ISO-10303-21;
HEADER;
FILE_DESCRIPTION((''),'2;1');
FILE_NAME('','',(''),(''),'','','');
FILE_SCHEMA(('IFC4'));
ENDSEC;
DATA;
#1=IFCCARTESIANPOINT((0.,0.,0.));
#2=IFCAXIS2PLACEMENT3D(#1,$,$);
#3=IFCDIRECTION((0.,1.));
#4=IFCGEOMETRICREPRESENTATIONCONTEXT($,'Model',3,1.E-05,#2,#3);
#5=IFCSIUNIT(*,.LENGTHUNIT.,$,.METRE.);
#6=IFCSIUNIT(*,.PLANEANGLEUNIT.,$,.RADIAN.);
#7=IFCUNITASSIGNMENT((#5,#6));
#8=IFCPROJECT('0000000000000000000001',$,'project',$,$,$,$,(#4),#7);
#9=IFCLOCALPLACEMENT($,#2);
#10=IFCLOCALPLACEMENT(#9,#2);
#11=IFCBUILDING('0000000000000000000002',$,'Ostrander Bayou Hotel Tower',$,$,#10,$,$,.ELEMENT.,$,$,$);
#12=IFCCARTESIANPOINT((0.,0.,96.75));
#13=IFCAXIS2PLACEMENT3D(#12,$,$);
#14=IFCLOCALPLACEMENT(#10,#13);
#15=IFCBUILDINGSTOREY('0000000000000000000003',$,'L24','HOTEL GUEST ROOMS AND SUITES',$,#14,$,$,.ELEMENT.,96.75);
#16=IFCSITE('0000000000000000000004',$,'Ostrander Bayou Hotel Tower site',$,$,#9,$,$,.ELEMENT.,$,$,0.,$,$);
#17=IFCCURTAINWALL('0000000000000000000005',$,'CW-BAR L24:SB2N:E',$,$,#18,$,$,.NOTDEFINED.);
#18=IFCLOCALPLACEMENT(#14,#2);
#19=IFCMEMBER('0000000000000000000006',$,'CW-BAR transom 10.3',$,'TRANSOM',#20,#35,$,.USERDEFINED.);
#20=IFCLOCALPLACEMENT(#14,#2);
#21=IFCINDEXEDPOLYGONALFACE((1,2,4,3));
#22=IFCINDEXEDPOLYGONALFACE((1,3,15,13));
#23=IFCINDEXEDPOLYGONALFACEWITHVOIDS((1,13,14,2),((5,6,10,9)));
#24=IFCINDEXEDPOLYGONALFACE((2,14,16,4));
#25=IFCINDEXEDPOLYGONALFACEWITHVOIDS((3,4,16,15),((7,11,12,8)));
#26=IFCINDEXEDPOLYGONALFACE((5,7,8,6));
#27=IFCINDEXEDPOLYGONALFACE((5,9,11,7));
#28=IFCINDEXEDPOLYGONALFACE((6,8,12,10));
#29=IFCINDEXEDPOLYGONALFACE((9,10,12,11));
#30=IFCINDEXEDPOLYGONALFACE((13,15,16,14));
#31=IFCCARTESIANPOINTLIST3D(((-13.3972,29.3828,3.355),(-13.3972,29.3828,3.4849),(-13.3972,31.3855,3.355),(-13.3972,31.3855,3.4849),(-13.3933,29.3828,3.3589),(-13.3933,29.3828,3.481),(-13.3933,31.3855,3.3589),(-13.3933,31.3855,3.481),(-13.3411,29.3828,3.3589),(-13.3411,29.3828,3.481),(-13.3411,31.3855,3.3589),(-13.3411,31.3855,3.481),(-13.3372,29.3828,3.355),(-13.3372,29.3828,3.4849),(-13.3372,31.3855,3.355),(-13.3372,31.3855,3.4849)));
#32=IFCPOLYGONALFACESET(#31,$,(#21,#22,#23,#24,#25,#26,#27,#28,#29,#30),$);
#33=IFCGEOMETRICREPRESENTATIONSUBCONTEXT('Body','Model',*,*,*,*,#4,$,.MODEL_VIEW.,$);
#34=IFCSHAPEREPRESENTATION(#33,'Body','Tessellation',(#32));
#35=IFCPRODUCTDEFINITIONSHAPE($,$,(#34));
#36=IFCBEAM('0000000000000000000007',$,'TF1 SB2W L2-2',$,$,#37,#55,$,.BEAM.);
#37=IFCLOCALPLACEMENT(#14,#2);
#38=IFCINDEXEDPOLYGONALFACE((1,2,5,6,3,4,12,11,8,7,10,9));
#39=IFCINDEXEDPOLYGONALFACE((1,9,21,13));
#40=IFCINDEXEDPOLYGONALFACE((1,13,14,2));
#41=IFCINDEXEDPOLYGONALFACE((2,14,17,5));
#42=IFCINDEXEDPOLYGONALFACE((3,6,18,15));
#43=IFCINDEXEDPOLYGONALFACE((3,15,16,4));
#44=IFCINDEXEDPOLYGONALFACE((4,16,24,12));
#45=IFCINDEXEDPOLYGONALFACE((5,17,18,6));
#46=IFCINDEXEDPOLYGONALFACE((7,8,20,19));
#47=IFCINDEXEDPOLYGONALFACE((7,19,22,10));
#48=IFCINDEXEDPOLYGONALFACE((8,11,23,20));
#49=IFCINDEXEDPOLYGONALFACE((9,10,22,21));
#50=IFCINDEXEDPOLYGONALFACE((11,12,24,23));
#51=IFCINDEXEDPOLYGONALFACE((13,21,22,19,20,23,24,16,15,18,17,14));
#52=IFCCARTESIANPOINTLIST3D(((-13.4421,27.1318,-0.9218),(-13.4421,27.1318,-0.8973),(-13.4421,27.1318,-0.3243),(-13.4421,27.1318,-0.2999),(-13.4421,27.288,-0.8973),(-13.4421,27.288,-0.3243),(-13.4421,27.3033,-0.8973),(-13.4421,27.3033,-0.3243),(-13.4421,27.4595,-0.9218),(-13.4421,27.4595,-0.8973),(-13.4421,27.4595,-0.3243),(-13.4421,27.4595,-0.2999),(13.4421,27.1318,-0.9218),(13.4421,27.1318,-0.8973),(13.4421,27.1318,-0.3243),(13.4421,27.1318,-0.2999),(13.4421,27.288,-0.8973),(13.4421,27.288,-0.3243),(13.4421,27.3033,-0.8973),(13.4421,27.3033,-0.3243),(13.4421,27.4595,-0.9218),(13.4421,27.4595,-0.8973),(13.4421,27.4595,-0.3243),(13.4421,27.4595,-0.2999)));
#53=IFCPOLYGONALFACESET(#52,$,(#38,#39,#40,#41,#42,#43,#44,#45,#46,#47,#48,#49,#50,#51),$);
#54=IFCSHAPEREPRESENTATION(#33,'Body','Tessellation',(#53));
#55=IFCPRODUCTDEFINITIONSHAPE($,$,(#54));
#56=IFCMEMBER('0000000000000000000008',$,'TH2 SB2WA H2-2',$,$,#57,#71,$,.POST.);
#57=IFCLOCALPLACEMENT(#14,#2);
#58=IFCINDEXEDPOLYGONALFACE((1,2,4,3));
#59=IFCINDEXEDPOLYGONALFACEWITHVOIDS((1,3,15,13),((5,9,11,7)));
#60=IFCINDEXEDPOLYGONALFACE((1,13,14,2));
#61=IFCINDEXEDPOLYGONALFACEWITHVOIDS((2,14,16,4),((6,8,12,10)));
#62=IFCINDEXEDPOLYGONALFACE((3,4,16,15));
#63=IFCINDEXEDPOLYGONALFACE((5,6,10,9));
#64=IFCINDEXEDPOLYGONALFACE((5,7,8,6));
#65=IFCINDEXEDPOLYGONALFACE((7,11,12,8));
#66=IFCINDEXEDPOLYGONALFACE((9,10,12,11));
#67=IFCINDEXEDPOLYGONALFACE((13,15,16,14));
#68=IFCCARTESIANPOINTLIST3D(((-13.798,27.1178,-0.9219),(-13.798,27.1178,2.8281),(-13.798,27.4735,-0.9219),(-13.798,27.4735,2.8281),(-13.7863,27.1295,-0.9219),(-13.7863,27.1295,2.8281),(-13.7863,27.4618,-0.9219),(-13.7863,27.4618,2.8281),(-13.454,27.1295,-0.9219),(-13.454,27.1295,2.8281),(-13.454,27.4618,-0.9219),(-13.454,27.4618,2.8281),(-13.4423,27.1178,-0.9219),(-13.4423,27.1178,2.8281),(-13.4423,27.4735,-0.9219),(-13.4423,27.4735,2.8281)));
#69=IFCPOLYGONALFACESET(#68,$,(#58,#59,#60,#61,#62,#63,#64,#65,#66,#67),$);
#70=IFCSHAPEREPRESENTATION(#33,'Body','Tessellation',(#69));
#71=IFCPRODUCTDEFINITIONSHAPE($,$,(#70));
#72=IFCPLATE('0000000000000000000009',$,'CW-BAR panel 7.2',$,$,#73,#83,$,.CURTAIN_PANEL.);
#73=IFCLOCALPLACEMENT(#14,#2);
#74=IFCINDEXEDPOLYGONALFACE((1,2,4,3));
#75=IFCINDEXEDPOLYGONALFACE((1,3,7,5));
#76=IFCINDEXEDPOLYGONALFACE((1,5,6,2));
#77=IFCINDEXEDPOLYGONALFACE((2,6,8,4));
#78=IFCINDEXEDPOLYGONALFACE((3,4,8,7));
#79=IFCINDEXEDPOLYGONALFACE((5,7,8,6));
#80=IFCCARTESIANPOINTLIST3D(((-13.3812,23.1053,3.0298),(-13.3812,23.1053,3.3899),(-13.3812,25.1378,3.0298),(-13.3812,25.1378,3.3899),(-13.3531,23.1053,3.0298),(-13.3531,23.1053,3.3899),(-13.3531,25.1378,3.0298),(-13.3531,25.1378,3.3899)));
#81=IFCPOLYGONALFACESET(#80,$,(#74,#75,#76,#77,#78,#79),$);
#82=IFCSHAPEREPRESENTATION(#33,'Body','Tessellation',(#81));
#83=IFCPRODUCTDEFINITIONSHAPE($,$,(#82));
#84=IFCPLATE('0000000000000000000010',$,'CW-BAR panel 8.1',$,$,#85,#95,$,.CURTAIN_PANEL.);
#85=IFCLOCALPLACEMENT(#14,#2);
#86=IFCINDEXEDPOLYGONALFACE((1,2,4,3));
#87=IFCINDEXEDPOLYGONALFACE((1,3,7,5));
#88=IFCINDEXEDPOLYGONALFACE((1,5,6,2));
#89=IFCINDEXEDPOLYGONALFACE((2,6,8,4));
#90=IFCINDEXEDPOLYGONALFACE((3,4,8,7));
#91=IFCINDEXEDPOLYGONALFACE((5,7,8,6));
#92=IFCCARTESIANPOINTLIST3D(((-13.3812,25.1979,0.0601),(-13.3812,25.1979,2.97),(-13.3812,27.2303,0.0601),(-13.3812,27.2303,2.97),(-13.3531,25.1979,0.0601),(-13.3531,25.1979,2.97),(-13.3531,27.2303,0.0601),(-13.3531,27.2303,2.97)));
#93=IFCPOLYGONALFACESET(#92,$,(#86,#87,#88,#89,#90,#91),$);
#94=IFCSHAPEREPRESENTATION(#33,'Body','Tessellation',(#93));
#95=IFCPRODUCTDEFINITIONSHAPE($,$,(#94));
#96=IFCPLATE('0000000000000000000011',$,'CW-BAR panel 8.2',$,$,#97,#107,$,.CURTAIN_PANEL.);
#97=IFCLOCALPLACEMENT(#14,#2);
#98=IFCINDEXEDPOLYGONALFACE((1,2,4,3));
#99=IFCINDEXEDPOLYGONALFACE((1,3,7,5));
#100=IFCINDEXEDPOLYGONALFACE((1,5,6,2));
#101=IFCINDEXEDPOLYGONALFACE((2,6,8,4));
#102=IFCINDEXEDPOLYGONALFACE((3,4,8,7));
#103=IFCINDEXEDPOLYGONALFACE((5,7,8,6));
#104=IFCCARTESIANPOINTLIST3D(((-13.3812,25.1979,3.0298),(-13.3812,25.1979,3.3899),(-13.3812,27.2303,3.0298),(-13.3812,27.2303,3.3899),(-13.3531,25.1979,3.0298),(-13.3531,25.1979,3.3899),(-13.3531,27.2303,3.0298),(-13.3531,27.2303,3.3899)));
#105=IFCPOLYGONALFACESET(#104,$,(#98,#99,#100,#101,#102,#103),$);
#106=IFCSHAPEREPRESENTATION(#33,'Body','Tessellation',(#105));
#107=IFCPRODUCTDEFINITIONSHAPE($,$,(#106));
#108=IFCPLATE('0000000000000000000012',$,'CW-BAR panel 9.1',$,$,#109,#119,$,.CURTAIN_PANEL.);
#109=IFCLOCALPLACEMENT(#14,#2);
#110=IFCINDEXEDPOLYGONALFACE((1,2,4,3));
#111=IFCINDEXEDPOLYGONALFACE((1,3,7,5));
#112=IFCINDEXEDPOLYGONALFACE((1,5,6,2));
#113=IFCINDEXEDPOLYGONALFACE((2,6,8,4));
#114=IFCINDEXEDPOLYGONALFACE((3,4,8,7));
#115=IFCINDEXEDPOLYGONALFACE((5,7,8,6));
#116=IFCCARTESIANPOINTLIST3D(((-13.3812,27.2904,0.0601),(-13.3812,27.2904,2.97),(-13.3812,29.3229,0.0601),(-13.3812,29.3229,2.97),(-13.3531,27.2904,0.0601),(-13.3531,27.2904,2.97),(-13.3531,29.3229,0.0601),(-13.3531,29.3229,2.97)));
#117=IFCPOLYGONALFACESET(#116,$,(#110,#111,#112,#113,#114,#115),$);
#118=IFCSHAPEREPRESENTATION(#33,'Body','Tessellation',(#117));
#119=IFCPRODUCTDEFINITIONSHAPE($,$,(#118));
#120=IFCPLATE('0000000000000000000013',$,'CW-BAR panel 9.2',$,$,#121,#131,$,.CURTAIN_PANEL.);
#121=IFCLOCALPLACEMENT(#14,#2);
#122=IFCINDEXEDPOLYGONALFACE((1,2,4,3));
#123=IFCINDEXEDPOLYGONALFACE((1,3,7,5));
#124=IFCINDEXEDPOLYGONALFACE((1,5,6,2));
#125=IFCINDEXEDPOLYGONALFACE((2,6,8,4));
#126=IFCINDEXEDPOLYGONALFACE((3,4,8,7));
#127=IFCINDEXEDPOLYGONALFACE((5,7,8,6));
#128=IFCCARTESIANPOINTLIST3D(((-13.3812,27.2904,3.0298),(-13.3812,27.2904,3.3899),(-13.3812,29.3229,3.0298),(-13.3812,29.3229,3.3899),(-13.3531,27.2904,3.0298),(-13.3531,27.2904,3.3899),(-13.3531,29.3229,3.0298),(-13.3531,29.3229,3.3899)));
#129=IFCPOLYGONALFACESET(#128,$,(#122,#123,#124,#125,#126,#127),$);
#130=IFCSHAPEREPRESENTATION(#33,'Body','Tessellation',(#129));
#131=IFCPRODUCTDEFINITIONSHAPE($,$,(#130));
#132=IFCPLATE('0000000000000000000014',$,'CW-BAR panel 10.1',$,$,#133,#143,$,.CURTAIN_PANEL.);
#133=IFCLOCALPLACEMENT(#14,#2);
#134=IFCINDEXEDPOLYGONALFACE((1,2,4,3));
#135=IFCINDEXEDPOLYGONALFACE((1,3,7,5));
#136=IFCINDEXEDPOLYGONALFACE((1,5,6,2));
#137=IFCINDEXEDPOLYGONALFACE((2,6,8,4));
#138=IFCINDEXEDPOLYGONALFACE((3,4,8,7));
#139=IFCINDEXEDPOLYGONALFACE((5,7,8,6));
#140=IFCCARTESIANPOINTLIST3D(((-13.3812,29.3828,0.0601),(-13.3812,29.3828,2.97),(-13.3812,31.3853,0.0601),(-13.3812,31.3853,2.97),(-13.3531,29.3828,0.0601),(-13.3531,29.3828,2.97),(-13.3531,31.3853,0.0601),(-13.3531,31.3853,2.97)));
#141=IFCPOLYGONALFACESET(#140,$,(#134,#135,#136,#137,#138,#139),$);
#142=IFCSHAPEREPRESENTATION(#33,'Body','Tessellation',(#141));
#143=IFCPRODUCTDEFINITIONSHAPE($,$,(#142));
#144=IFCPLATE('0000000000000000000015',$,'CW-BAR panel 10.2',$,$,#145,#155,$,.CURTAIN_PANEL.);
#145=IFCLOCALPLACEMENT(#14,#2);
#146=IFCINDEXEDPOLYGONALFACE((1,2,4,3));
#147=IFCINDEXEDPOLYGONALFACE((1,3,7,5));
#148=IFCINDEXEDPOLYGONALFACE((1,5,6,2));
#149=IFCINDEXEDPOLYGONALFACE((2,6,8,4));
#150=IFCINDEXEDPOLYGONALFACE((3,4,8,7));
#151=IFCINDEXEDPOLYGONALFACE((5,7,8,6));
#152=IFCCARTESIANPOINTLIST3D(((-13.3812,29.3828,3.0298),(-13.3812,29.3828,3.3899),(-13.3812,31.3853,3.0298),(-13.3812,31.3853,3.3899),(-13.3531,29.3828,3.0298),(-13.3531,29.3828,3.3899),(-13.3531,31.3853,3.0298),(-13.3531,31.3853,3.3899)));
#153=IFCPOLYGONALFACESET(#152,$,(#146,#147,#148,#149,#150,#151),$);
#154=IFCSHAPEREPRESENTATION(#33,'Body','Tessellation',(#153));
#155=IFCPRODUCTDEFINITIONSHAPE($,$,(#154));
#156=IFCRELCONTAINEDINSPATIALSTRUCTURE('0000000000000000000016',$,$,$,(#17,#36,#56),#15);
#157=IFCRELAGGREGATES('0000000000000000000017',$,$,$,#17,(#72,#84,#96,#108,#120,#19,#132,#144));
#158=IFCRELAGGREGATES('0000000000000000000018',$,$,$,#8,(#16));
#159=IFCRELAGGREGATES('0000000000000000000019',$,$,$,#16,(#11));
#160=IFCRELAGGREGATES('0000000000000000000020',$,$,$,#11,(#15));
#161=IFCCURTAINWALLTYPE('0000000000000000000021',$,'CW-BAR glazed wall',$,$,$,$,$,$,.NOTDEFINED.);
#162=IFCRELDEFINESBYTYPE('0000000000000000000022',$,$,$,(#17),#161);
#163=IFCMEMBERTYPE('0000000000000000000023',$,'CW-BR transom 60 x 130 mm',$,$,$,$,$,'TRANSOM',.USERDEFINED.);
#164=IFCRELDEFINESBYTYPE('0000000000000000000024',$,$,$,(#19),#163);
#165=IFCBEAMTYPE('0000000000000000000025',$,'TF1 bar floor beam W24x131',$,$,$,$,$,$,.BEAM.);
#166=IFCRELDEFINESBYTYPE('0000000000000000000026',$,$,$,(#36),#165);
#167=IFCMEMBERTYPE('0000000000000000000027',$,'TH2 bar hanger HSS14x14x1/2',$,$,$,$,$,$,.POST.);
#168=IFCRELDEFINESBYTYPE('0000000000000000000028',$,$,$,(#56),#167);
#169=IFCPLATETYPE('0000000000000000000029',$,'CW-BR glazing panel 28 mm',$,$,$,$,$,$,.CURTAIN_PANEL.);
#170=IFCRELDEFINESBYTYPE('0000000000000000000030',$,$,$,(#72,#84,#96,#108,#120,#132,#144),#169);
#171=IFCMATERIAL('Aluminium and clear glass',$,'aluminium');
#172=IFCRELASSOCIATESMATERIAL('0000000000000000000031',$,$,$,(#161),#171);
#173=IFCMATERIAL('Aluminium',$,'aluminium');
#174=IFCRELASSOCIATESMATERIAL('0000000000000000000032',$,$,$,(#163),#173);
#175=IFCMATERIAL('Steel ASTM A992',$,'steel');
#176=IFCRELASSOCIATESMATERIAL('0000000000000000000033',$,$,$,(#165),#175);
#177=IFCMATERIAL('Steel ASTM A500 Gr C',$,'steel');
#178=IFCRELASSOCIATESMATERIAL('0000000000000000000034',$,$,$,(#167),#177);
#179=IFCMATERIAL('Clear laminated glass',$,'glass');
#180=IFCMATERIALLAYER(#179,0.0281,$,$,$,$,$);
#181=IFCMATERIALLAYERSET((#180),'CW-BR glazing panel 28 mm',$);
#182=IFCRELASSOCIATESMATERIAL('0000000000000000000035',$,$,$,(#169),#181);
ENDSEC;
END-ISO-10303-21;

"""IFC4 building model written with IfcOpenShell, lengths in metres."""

from ifc_helpers import new_model, si_unit, direction, frame, origin, origin_2d, place, context, subcontext, project, spatial, rectangle, hollow_rectangle, i_section, extrude, material, layer, layer_set, material_profile, profile_set, type_object, element, aggregate, save


model = new_model("IFC4")

# Units and contexts
model_context = context("Model", 3, precision=1e-05, world=origin(), true_north=direction((0.0, 1.0)))
body_context = subcontext(model_context, "Body", "Model", "MODEL_VIEW")
ifc_project = project(units=[si_unit("LENGTHUNIT", "METRE"), si_unit("PLANEANGLEUNIT", "RADIAN")], contexts=[model_context])

# Site, building, storey
site_placement = place(None, origin())
site = spatial("IfcSite", under=ifc_project, at=site_placement, Name="Ostrander Bayou Hotel Tower site", CompositionType="ELEMENT", RefElevation=0.0)
building_placement = place(site_placement, origin())
building = spatial("IfcBuilding", under=site, at=building_placement, Name="Ostrander Bayou Hotel Tower", CompositionType="ELEMENT")
storey_placement = place(building_placement, frame((0.0, 0.0, 96.75)))
storey = spatial("IfcBuildingStorey", under=building, at=storey_placement, Name="L24", Description="HOTEL GUEST ROOMS AND SUITES", CompositionType="ELEMENT", Elevation=96.75)

# Curtain wall, member
ifc_material_1 = material(Name="Aluminium and clear glass", Category="aluminium")
curtain_wall_type = type_object("IfcCurtainWallType", Name="CW-BAR glazed wall", PredefinedType="NOTDEFINED", material=ifc_material_1)
curtain_wall_placement = place(storey_placement, origin())
curtain_wall = element("IfcCurtainWall", 1, at=curtain_wall_placement, inside=storey, type_object=curtain_wall_type, Name="CW-BAR L24:SB2N:E", PredefinedType="NOTDEFINED")
ifc_material_2 = material(Name="Aluminium", Category="aluminium")
ifc_material_profile_1 = material_profile(ifc_material_2, hollow_rectangle(XDim=0.0601, YDim=0.1299, WallThickness=0.0039, at=origin_2d()))
ifc_profile_set_1 = profile_set([ifc_material_profile_1], Name="Aluminium")
member_type_1 = type_object("IfcMemberType", Name="CW-BR transom 60 x 130 mm", ElementType="TRANSOM", PredefinedType="USERDEFINED", material=ifc_profile_set_1)
member_1_placement = place(storey_placement, frame((-13.3672, 29.3828, 3.4199), z_axis=(0.0, 1.0, 0.0), x_axis=(-1.0, 0.0, 0.0)))
member_1 = element("IfcMember", 2, at=member_1_placement, type_object=member_type_1, Name="CW-BAR transom 10.3", ObjectType="TRANSOM", PredefinedType="USERDEFINED", context=body_context, shape_type="SweptSolid", body=[
    extrude(hollow_rectangle(XDim=0.0601, YDim=0.1299, WallThickness=0.0039, at=origin_2d()), origin(), (0.0, 0.0, 1.0), 2.0027),
])

# Beam
ifc_material_3 = material(Name="Steel ASTM A992", Category="steel")
ifc_material_profile_2 = material_profile(ifc_material_3, i_section(OverallWidth=0.3276, OverallDepth=0.6218, WebThickness=0.0154, FlangeThickness=0.0244, at=origin_2d()))
ifc_profile_set_2 = profile_set([ifc_material_profile_2], Name="Steel ASTM A992")
beam_type = type_object("IfcBeamType", Name="TF1 bar floor beam W24x131", PredefinedType="BEAM", material=ifc_profile_set_2)
beam_placement = place(storey_placement, frame((-13.4421, 27.2957, -0.6108), z_axis=(1.0, 0.0, 0.0), x_axis=(0.0, 1.0, 0.0)))
element("IfcBeam", 3, at=beam_placement, inside=storey, type_object=beam_type, Name="TF1 SB2W L2-2", PredefinedType="BEAM", context=body_context, shape_type="SweptSolid", body=[
    extrude(i_section(OverallWidth=0.3276, OverallDepth=0.6218, WebThickness=0.0154, FlangeThickness=0.0244, at=origin_2d()), origin(), (0.0, 0.0, 1.0), 26.8843),
])

# Member
ifc_material_4 = material(Name="Steel ASTM A500 Gr C", Category="steel")
ifc_material_profile_3 = material_profile(ifc_material_4, hollow_rectangle(XDim=0.3557, YDim=0.3557, WallThickness=0.0117, at=origin_2d()))
ifc_profile_set_3 = profile_set([ifc_material_profile_3], Name="Steel ASTM A500 Gr C")
member_type_2 = type_object("IfcMemberType", Name="TH2 bar hanger HSS14x14x1/2", PredefinedType="POST", material=ifc_profile_set_3)
member_2_placement = place(storey_placement, frame((-13.6201, 27.2957, -0.9219), z_axis=(0.0, 0.0, 1.0), x_axis=(1.0, 0.0, 0.0)))
element("IfcMember", 4, at=member_2_placement, inside=storey, type_object=member_type_2, Name="TH2 SB2WA H2-2", PredefinedType="POST", context=body_context, shape_type="SweptSolid", body=[
    extrude(hollow_rectangle(XDim=0.3557, YDim=0.3557, WallThickness=0.0117, at=origin_2d()), origin(), (0.0, 0.0, 1.0), 3.75),
])

# Plates
ifc_material_5 = material(Name="Clear laminated glass", Category="glass")
ifc_layer = layer(ifc_material_5, 0.0281)
ifc_layer_set = layer_set([ifc_layer], Name="CW-BR glazing panel 28 mm")
plate_type = type_object("IfcPlateType", Name="CW-BR glazing panel 28 mm", PredefinedType="CURTAIN_PANEL", material=ifc_layer_set)
plate_1_placement = place(storey_placement, frame((-13.3672, 24.1216, 3.0298), z_axis=(0.0, 0.0, 1.0), x_axis=(0.0, 1.0, 0.0)))
plate_1 = element("IfcPlate", 5, at=plate_1_placement, type_object=plate_type, Name="CW-BAR panel 7.2", PredefinedType="CURTAIN_PANEL", context=body_context, shape_type="SweptSolid", body=[
    extrude(rectangle(XDim=2.0325, YDim=0.0281, at=origin_2d()), origin(), (0.0, 0.0, 1.0), 0.3601),
])
plate_2_placement = place(storey_placement, frame((-13.3672, 26.2141, 0.0601), z_axis=(0.0, 0.0, 1.0), x_axis=(0.0, 1.0, 0.0)))
plate_2 = element("IfcPlate", 6, at=plate_2_placement, type_object=plate_type, Name="CW-BAR panel 8.1", PredefinedType="CURTAIN_PANEL", context=body_context, shape_type="SweptSolid", body=[
    extrude(rectangle(XDim=2.0325, YDim=0.0281, at=origin_2d()), origin(), (0.0, 0.0, 1.0), 2.9099),
])
plate_3_placement = place(storey_placement, frame((-13.3672, 26.2141, 3.0298), z_axis=(0.0, 0.0, 1.0), x_axis=(0.0, 1.0, 0.0)))
plate_3 = element("IfcPlate", 7, at=plate_3_placement, type_object=plate_type, Name="CW-BAR panel 8.2", PredefinedType="CURTAIN_PANEL", context=body_context, shape_type="SweptSolid", body=[
    extrude(rectangle(XDim=2.0325, YDim=0.0281, at=origin_2d()), origin(), (0.0, 0.0, 1.0), 0.3601),
])
plate_4_placement = place(storey_placement, frame((-13.3672, 28.3066, 0.0601), z_axis=(0.0, 0.0, 1.0), x_axis=(0.0, 1.0, 0.0)))
plate_4 = element("IfcPlate", 8, at=plate_4_placement, type_object=plate_type, Name="CW-BAR panel 9.1", PredefinedType="CURTAIN_PANEL", context=body_context, shape_type="SweptSolid", body=[
    extrude(rectangle(XDim=2.0325, YDim=0.0281, at=origin_2d()), origin(), (0.0, 0.0, 1.0), 2.9099),
])
plate_5_placement = place(storey_placement, frame((-13.3672, 28.3066, 3.0298), z_axis=(0.0, 0.0, 1.0), x_axis=(0.0, 1.0, 0.0)))
plate_5 = element("IfcPlate", 9, at=plate_5_placement, type_object=plate_type, Name="CW-BAR panel 9.2", PredefinedType="CURTAIN_PANEL", context=body_context, shape_type="SweptSolid", body=[
    extrude(rectangle(XDim=2.0325, YDim=0.0281, at=origin_2d()), origin(), (0.0, 0.0, 1.0), 0.3601),
])
plate_6_placement = place(storey_placement, frame((-13.3672, 30.384, 0.0601), z_axis=(0.0, 0.0, 1.0), x_axis=(0.0, 1.0, 0.0)))
plate_6 = element("IfcPlate", 10, at=plate_6_placement, type_object=plate_type, Name="CW-BAR panel 10.1", PredefinedType="CURTAIN_PANEL", context=body_context, shape_type="SweptSolid", body=[
    extrude(rectangle(XDim=2.0024, YDim=0.0281, at=origin_2d()), origin(), (0.0, 0.0, 1.0), 2.9099),
])
plate_7_placement = place(storey_placement, frame((-13.3672, 30.384, 3.0298), z_axis=(0.0, 0.0, 1.0), x_axis=(0.0, 1.0, 0.0)))
plate_7 = element("IfcPlate", 11, at=plate_7_placement, type_object=plate_type, Name="CW-BAR panel 10.2", PredefinedType="CURTAIN_PANEL", context=body_context, shape_type="SweptSolid", body=[
    extrude(rectangle(XDim=2.0024, YDim=0.0281, at=origin_2d()), origin(), (0.0, 0.0, 1.0), 0.3601),
])
aggregate(curtain_wall, [plate_1, plate_2, plate_3, plate_4, plate_5, member_1, plate_6, plate_7])

save(model, "model.ifc")
